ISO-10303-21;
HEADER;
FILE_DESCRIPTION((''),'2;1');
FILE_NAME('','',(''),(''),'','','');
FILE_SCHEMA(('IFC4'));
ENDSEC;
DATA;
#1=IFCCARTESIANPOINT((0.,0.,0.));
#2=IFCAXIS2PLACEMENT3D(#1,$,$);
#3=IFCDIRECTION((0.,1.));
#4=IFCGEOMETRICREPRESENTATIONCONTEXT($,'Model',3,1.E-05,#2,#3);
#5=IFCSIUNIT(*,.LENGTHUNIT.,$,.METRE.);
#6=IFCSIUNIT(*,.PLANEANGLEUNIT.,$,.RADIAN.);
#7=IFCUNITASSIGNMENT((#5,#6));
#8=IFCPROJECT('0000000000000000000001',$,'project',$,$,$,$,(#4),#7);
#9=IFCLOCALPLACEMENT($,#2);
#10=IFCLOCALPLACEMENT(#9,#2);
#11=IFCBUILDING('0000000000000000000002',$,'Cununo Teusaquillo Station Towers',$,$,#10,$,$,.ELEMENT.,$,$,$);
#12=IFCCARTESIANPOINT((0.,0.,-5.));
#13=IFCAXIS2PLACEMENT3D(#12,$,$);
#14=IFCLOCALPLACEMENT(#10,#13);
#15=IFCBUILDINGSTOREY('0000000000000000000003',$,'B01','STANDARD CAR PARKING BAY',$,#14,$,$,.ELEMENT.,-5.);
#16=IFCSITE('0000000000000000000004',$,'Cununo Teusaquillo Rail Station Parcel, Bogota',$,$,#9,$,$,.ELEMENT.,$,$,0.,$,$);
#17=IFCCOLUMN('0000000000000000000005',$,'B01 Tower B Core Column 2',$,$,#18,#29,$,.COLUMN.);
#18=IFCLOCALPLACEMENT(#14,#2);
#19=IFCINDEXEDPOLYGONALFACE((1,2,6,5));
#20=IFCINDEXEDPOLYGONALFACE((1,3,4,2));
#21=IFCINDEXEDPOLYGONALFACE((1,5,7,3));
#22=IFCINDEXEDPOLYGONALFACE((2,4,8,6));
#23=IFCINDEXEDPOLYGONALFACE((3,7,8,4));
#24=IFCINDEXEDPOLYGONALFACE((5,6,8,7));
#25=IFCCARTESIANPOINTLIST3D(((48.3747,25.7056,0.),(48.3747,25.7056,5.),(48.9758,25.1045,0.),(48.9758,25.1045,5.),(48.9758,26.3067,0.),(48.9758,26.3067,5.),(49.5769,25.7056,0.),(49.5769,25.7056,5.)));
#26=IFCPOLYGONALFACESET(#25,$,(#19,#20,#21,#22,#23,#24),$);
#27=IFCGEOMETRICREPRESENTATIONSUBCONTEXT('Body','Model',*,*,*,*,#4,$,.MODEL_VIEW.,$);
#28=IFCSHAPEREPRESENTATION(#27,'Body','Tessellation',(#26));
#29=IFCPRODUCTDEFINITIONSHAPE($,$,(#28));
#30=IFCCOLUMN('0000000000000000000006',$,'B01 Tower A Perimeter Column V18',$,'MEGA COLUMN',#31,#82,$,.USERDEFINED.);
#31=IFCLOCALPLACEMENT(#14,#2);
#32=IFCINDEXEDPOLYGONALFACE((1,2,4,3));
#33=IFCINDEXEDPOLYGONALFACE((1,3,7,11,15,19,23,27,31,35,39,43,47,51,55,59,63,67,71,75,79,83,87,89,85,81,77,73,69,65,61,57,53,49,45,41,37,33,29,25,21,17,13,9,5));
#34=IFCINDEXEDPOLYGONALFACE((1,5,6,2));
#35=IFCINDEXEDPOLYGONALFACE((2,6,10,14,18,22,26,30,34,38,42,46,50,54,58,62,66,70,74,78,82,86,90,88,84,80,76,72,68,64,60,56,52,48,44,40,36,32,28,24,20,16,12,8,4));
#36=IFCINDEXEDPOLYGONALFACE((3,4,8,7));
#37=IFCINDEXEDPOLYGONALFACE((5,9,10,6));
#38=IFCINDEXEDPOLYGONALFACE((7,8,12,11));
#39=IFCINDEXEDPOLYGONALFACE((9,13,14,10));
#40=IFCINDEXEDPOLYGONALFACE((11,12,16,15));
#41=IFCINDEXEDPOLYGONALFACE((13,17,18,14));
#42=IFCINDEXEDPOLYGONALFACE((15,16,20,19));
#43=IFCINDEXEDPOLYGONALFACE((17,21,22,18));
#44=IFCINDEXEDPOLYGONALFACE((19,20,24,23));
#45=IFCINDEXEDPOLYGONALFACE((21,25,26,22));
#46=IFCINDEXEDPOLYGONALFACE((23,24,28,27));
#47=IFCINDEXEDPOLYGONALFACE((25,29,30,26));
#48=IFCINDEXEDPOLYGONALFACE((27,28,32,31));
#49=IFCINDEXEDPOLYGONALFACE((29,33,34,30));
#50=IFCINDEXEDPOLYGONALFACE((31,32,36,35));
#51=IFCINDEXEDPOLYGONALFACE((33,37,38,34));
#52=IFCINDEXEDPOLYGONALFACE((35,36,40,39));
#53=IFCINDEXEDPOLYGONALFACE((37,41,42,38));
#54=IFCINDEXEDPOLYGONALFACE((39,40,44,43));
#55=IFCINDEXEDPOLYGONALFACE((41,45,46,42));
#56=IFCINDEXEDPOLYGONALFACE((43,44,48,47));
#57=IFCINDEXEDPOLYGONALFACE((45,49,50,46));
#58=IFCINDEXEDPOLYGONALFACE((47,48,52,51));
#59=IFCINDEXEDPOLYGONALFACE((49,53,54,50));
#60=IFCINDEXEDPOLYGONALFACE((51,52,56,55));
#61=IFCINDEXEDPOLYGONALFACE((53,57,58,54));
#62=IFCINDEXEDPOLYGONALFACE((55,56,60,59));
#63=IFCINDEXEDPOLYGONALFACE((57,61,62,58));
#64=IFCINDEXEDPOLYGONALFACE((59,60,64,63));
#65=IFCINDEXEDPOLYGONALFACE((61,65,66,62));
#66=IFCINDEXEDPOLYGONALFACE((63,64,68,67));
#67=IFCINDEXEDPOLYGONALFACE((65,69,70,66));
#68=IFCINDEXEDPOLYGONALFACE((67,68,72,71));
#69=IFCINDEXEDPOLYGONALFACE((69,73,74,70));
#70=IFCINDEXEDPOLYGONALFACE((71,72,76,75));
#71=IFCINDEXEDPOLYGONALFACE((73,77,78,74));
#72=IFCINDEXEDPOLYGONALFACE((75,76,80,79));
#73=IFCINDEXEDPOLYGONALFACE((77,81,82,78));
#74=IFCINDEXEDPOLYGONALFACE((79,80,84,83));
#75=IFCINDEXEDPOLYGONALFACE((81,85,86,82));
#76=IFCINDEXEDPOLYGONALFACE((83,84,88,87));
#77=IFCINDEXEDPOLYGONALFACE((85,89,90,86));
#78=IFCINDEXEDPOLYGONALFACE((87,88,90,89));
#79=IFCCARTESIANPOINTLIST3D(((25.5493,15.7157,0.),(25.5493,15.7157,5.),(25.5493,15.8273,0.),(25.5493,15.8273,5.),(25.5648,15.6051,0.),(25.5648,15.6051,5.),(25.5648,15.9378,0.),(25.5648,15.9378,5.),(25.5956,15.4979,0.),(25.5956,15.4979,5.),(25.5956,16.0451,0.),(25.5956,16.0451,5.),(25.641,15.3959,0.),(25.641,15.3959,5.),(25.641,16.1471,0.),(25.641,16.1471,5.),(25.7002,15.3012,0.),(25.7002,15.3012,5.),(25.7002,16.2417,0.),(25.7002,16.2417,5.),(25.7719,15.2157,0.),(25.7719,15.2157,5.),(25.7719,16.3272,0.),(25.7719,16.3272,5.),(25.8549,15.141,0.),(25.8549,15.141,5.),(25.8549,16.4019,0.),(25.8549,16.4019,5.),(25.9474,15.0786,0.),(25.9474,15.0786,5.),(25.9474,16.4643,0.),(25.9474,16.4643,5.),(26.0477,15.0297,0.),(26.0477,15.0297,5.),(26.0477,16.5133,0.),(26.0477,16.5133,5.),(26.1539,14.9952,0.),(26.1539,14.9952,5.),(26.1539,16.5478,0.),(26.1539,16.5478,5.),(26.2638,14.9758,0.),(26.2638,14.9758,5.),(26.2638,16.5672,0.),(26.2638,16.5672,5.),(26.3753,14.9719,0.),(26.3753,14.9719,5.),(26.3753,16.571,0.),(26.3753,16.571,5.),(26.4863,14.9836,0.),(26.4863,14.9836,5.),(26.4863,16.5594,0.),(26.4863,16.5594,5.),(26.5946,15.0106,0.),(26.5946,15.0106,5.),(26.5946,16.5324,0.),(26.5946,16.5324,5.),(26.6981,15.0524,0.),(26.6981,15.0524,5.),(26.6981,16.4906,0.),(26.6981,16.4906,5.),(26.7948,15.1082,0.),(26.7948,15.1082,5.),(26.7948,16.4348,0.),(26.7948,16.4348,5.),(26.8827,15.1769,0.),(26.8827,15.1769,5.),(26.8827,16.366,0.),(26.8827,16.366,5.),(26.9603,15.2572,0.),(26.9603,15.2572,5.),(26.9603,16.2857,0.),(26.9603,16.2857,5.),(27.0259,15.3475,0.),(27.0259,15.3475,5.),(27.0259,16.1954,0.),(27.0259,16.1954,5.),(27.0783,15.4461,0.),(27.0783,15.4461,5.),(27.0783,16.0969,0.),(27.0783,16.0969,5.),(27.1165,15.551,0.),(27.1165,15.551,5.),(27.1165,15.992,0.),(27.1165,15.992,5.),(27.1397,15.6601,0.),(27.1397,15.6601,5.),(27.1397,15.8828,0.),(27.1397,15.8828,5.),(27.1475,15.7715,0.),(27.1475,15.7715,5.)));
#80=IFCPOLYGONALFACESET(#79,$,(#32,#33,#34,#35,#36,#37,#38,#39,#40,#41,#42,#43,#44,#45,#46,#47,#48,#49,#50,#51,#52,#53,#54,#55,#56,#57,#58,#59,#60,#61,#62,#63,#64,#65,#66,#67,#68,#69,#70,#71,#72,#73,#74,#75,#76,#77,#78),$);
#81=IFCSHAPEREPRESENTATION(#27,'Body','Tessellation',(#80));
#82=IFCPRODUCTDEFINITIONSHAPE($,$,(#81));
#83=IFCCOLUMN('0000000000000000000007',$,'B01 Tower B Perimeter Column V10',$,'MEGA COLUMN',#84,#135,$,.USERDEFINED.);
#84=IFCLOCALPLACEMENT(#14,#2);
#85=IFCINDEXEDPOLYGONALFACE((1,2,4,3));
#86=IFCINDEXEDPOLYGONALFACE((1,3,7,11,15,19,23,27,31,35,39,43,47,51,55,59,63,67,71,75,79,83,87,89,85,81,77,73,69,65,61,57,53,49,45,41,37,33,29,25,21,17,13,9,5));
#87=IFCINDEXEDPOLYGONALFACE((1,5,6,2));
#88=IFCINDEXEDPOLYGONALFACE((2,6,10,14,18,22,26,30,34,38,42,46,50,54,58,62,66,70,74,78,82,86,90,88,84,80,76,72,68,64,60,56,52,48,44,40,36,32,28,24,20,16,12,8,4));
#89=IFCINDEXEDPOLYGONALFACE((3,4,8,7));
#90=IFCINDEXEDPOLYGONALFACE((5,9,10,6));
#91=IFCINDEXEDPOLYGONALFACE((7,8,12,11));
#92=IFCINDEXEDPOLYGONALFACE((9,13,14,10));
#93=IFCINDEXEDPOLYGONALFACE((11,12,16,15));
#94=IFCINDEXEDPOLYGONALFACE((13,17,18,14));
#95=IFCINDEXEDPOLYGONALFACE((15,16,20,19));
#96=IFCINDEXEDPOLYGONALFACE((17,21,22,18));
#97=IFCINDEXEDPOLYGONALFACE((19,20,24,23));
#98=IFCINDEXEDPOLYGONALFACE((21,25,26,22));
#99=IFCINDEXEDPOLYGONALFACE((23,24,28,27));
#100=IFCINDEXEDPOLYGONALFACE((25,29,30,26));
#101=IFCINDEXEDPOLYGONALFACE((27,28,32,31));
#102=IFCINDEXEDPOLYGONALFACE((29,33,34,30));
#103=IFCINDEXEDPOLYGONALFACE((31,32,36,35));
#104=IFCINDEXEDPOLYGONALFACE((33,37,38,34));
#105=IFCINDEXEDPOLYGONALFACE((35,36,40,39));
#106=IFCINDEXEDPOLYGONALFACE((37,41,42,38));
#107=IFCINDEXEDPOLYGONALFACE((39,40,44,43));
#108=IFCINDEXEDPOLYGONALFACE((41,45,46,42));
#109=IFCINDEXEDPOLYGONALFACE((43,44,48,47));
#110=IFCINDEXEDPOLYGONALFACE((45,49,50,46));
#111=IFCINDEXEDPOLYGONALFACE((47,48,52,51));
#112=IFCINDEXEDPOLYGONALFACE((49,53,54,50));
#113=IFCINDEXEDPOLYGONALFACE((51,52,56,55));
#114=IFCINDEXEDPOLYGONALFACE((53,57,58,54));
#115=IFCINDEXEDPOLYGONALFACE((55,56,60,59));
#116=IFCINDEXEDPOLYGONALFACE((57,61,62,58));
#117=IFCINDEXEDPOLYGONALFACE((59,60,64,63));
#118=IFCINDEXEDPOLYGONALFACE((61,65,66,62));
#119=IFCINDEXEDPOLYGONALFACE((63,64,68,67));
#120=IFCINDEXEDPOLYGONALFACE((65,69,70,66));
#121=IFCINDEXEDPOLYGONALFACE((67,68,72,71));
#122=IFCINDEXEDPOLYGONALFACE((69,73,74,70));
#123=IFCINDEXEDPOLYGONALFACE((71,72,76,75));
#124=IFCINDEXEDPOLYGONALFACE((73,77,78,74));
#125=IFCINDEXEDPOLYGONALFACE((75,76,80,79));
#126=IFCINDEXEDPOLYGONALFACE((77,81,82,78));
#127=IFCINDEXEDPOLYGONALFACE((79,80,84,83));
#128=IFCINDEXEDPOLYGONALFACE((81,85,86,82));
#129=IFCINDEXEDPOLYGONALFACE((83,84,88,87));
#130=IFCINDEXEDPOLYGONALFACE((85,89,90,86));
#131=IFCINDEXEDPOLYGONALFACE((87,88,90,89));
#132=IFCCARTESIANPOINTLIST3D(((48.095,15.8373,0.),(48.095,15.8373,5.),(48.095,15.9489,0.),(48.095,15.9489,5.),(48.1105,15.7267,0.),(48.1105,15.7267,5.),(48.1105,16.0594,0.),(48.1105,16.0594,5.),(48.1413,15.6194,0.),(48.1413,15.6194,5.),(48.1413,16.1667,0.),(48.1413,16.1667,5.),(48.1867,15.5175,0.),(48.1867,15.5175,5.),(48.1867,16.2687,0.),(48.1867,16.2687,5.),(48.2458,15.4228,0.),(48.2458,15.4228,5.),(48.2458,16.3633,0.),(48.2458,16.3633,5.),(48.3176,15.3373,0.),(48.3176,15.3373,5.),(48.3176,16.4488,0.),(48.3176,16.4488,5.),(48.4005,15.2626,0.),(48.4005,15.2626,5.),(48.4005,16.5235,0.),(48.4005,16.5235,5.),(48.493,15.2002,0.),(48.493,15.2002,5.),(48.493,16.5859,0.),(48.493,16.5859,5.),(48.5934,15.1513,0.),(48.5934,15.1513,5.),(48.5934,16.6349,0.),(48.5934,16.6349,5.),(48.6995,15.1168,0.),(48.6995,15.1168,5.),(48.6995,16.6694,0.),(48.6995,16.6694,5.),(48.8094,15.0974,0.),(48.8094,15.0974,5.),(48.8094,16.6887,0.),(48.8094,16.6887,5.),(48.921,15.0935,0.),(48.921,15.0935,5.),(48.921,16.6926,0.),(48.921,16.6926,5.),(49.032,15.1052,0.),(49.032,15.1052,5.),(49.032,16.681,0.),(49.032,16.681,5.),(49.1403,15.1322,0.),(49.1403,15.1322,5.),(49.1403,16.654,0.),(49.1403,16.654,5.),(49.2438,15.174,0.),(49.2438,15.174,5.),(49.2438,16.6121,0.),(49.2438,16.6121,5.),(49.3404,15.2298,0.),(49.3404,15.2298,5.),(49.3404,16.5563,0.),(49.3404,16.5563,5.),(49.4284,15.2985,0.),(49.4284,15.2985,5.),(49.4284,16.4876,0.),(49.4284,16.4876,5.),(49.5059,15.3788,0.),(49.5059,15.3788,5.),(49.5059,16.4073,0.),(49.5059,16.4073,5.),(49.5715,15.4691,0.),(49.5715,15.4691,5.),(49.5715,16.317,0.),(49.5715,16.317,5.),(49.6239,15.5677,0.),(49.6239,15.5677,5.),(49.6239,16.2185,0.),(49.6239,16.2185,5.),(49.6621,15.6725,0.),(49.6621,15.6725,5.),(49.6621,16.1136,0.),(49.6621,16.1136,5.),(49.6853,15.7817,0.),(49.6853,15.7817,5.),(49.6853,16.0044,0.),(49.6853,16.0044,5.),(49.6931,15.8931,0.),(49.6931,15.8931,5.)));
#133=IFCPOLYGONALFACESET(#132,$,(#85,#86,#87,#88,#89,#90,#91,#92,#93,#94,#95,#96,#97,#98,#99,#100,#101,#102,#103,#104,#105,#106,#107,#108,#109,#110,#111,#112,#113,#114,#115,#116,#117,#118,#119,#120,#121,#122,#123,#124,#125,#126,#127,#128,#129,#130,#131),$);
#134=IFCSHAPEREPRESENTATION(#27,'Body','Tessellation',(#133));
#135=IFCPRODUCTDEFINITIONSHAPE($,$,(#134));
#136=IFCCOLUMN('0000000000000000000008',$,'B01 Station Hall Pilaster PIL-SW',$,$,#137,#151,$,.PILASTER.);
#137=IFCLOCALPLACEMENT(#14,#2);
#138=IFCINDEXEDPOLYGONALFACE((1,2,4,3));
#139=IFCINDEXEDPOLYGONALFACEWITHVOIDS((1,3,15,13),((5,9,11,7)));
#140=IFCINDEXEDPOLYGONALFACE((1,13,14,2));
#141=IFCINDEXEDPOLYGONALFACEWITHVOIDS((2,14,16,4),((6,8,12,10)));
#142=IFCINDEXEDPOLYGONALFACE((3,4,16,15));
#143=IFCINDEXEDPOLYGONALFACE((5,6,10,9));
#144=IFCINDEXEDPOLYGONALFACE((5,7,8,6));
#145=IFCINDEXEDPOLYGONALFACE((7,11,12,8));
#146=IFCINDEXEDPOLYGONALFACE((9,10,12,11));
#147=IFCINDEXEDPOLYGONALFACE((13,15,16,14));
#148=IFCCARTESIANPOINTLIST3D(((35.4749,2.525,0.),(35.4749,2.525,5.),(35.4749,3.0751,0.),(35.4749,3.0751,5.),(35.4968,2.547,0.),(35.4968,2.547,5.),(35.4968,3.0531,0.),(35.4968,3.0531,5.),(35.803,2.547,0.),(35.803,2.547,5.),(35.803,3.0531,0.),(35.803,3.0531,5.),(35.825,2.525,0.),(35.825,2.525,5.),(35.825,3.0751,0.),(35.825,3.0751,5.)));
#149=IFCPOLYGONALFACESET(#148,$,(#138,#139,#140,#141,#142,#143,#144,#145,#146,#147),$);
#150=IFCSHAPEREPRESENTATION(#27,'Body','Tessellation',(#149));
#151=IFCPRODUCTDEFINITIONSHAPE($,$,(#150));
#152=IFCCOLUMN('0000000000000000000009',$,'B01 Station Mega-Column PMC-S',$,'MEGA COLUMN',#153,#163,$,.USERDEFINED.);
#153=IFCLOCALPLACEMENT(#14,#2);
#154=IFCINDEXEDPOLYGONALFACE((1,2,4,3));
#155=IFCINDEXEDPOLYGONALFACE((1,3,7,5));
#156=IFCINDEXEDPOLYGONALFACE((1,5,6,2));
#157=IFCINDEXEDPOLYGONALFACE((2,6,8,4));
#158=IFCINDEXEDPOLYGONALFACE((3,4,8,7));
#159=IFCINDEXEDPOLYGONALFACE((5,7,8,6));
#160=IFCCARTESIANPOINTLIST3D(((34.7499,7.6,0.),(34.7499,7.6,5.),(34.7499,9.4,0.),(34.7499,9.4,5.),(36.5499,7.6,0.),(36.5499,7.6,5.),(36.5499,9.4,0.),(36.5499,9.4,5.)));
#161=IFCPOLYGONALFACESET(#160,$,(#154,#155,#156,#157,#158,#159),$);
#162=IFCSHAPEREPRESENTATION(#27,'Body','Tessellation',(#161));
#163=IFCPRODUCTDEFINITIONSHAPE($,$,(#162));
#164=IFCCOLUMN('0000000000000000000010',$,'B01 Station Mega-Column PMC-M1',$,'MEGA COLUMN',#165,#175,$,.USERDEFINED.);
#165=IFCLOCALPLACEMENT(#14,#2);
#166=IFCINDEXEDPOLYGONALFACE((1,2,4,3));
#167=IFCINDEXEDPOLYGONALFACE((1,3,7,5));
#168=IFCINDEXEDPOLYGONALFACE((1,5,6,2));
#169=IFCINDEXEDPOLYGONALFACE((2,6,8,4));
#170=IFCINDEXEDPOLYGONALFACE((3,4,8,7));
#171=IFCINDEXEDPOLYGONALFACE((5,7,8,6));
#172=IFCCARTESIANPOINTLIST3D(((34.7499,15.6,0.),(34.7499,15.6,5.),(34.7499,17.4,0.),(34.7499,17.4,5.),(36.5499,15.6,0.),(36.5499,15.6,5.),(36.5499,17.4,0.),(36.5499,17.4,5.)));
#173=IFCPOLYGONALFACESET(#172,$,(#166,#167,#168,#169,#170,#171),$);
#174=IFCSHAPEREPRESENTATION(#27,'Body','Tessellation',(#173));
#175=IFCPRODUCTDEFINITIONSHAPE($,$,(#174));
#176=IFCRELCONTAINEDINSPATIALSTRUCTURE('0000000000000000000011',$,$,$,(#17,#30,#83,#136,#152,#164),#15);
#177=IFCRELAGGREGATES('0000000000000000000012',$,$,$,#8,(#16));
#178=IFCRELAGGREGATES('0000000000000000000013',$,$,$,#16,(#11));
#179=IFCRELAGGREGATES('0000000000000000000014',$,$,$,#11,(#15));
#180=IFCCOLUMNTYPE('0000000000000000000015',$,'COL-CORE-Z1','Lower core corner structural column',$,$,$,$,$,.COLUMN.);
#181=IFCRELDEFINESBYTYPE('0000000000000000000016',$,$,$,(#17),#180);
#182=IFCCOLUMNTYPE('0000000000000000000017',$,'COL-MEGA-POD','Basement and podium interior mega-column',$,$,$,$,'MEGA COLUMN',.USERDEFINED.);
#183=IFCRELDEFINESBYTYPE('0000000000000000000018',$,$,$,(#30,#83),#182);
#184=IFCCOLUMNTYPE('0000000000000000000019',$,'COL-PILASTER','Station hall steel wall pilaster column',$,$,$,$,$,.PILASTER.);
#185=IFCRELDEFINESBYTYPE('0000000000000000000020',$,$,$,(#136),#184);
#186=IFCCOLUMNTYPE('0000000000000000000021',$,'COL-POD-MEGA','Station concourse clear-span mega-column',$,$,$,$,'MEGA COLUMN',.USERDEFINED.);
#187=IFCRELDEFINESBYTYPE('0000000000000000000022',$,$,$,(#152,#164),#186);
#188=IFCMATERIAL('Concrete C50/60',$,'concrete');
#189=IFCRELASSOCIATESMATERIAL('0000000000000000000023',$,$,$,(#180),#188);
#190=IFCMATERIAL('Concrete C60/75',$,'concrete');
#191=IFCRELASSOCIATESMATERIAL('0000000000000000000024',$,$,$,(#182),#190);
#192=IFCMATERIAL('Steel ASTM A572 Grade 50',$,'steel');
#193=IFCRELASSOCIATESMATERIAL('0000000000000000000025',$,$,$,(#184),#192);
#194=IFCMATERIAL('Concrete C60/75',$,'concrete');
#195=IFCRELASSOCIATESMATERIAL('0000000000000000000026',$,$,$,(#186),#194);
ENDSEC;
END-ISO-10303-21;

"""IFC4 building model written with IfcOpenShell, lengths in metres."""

from ifc_helpers import new_model, si_unit, direction, frame, origin, origin_2d, place, context, subcontext, project, spatial, rectangle, hollow_rectangle, circle, extrude, material, material_profile, profile_set, type_object, element, save


model = new_model("IFC4")

# Units and contexts
model_context = context("Model", 3, precision=1e-05, world=origin(), true_north=direction((0.0, 1.0)))
body_context = subcontext(model_context, "Body", "Model", "MODEL_VIEW")
ifc_project = project(units=[si_unit("LENGTHUNIT", "METRE"), si_unit("PLANEANGLEUNIT", "RADIAN")], contexts=[model_context])

# Site, building, storey
site_placement = place(None, origin())
site = spatial("IfcSite", under=ifc_project, at=site_placement, Name="Cununo Teusaquillo Rail Station Parcel, Bogota", CompositionType="ELEMENT", RefElevation=0.0)
building_placement = place(site_placement, origin())
building = spatial("IfcBuilding", under=site, at=building_placement, Name="Cununo Teusaquillo Station Towers", CompositionType="ELEMENT")
storey_placement = place(building_placement, frame((0.0, 0.0, -5.0)))
storey = spatial("IfcBuildingStorey", under=building, at=storey_placement, Name="B01", Description="STANDARD CAR PARKING BAY", CompositionType="ELEMENT", Elevation=-5.0)

# Columns
ifc_material_1 = material(Name="Concrete C50/60", Category="concrete")
ifc_material_profile_1 = material_profile(ifc_material_1, rectangle(XDim=0.8501, YDim=0.8501, at=origin_2d()), Name="RC-RECT-850x850")
ifc_profile_set_1 = profile_set([ifc_material_profile_1], Name="Concrete C50/60")
column_type_1 = type_object("IfcColumnType", Name="COL-CORE-Z1", Description="Lower core corner structural column", PredefinedType="COLUMN", material=ifc_profile_set_1)
column_1_placement = place(storey_placement, frame((48.9758, 25.7056, 0.0), z_axis=(0.0, 0.0, 1.0), x_axis=(0.707107, 0.707107, 0.0)))
element("IfcColumn", 1, at=column_1_placement, inside=storey, type_object=column_type_1, Name="B01 Tower B Core Column 2", PredefinedType="COLUMN", context=body_context, shape_type="SweptSolid", body=[
    extrude(rectangle(XDim=0.8501, YDim=0.8501, at=origin_2d()), origin(), (0.0, 0.0, 1.0), 5.0),
])
ifc_material_2 = material(Name="Concrete C60/75", Category="concrete")
ifc_material_profile_2 = material_profile(ifc_material_2, circle(Radius=0.8, at=origin_2d()), Name="RC-CIRC-1600")
ifc_profile_set_2 = profile_set([ifc_material_profile_2], Name="Concrete C60/75")
column_type_2 = type_object("IfcColumnType", Name="COL-MEGA-POD", Description="Basement and podium interior mega-column", ElementType="MEGA COLUMN", PredefinedType="USERDEFINED", material=ifc_profile_set_2)
for number, where, z_axis, x_axis, name in (
    (2, (26.3474, 15.7715, 0.0), (0.0, 0.0, 1.0), (1.0, 0.0, 0.0), "B01 Tower A Perimeter Column V18"),
    (3, (48.8931, 15.8931, 0.0), (0.0, 0.0, 1.0), (1.0, 0.0, 0.0), "B01 Tower B Perimeter Column V10"),
):
    element("IfcColumn", number, at=place(storey_placement, frame(where, z_axis=z_axis, x_axis=x_axis)), inside=storey, type_object=column_type_2, Name=name, ObjectType="MEGA COLUMN", PredefinedType="USERDEFINED", context=body_context, shape_type="SweptSolid", body=[
        extrude(circle(Radius=0.8, at=origin_2d()), origin(), (0.0, 0.0, 1.0), 5.0),
    ])
ifc_material_3 = material(Name="Steel ASTM A572 Grade 50", Category="steel")
ifc_material_profile_3 = material_profile(ifc_material_3, hollow_rectangle(XDim=0.3501, YDim=0.55, WallThickness=0.022, at=origin_2d()), Name="RHS 550x350x22")
ifc_profile_set_3 = profile_set([ifc_material_profile_3], Name="Steel ASTM A572 Grade 50")
column_type_3 = type_object("IfcColumnType", Name="COL-PILASTER", Description="Station hall steel wall pilaster column", PredefinedType="PILASTER", material=ifc_profile_set_3)
column_2_placement = place(storey_placement, frame((35.6499, 2.8, 0.0), z_axis=(0.0, 0.0, 1.0), x_axis=(1.0, 0.0, 0.0)))
element("IfcColumn", 4, at=column_2_placement, inside=storey, type_object=column_type_3, Name="B01 Station Hall Pilaster PIL-SW", PredefinedType="PILASTER", context=body_context, shape_type="SweptSolid", body=[
    extrude(hollow_rectangle(XDim=0.3501, YDim=0.55, WallThickness=0.022, at=origin_2d()), origin(), (0.0, 0.0, 1.0), 5.0),
])
ifc_material_4 = material(Name="Concrete C60/75", Category="concrete")
ifc_material_profile_4 = material_profile(ifc_material_4, rectangle(XDim=1.8, YDim=1.8, at=origin_2d()), Name="RC-RECT-1800x1800")
ifc_profile_set_4 = profile_set([ifc_material_profile_4], Name="Concrete C60/75")
column_type_4 = type_object("IfcColumnType", Name="COL-POD-MEGA", Description="Station concourse clear-span mega-column", ElementType="MEGA COLUMN", PredefinedType="USERDEFINED", material=ifc_profile_set_4)
for number, where, z_axis, x_axis, name in (
    (5, (35.6499, 8.5, 0.0), (0.0, 0.0, 1.0), (1.0, 0.0, 0.0), "B01 Station Mega-Column PMC-S"),
    (6, (35.6499, 16.5, 0.0), (0.0, 0.0, 1.0), (1.0, 0.0, 0.0), "B01 Station Mega-Column PMC-M1"),
):
    element("IfcColumn", number, at=place(storey_placement, frame(where, z_axis=z_axis, x_axis=x_axis)), inside=storey, type_object=column_type_4, Name=name, ObjectType="MEGA COLUMN", PredefinedType="USERDEFINED", context=body_context, shape_type="SweptSolid", body=[
        extrude(rectangle(XDim=1.8, YDim=1.8, at=origin_2d()), origin(), (0.0, 0.0, 1.0), 5.0),
    ])

save(model, "model.ifc")
